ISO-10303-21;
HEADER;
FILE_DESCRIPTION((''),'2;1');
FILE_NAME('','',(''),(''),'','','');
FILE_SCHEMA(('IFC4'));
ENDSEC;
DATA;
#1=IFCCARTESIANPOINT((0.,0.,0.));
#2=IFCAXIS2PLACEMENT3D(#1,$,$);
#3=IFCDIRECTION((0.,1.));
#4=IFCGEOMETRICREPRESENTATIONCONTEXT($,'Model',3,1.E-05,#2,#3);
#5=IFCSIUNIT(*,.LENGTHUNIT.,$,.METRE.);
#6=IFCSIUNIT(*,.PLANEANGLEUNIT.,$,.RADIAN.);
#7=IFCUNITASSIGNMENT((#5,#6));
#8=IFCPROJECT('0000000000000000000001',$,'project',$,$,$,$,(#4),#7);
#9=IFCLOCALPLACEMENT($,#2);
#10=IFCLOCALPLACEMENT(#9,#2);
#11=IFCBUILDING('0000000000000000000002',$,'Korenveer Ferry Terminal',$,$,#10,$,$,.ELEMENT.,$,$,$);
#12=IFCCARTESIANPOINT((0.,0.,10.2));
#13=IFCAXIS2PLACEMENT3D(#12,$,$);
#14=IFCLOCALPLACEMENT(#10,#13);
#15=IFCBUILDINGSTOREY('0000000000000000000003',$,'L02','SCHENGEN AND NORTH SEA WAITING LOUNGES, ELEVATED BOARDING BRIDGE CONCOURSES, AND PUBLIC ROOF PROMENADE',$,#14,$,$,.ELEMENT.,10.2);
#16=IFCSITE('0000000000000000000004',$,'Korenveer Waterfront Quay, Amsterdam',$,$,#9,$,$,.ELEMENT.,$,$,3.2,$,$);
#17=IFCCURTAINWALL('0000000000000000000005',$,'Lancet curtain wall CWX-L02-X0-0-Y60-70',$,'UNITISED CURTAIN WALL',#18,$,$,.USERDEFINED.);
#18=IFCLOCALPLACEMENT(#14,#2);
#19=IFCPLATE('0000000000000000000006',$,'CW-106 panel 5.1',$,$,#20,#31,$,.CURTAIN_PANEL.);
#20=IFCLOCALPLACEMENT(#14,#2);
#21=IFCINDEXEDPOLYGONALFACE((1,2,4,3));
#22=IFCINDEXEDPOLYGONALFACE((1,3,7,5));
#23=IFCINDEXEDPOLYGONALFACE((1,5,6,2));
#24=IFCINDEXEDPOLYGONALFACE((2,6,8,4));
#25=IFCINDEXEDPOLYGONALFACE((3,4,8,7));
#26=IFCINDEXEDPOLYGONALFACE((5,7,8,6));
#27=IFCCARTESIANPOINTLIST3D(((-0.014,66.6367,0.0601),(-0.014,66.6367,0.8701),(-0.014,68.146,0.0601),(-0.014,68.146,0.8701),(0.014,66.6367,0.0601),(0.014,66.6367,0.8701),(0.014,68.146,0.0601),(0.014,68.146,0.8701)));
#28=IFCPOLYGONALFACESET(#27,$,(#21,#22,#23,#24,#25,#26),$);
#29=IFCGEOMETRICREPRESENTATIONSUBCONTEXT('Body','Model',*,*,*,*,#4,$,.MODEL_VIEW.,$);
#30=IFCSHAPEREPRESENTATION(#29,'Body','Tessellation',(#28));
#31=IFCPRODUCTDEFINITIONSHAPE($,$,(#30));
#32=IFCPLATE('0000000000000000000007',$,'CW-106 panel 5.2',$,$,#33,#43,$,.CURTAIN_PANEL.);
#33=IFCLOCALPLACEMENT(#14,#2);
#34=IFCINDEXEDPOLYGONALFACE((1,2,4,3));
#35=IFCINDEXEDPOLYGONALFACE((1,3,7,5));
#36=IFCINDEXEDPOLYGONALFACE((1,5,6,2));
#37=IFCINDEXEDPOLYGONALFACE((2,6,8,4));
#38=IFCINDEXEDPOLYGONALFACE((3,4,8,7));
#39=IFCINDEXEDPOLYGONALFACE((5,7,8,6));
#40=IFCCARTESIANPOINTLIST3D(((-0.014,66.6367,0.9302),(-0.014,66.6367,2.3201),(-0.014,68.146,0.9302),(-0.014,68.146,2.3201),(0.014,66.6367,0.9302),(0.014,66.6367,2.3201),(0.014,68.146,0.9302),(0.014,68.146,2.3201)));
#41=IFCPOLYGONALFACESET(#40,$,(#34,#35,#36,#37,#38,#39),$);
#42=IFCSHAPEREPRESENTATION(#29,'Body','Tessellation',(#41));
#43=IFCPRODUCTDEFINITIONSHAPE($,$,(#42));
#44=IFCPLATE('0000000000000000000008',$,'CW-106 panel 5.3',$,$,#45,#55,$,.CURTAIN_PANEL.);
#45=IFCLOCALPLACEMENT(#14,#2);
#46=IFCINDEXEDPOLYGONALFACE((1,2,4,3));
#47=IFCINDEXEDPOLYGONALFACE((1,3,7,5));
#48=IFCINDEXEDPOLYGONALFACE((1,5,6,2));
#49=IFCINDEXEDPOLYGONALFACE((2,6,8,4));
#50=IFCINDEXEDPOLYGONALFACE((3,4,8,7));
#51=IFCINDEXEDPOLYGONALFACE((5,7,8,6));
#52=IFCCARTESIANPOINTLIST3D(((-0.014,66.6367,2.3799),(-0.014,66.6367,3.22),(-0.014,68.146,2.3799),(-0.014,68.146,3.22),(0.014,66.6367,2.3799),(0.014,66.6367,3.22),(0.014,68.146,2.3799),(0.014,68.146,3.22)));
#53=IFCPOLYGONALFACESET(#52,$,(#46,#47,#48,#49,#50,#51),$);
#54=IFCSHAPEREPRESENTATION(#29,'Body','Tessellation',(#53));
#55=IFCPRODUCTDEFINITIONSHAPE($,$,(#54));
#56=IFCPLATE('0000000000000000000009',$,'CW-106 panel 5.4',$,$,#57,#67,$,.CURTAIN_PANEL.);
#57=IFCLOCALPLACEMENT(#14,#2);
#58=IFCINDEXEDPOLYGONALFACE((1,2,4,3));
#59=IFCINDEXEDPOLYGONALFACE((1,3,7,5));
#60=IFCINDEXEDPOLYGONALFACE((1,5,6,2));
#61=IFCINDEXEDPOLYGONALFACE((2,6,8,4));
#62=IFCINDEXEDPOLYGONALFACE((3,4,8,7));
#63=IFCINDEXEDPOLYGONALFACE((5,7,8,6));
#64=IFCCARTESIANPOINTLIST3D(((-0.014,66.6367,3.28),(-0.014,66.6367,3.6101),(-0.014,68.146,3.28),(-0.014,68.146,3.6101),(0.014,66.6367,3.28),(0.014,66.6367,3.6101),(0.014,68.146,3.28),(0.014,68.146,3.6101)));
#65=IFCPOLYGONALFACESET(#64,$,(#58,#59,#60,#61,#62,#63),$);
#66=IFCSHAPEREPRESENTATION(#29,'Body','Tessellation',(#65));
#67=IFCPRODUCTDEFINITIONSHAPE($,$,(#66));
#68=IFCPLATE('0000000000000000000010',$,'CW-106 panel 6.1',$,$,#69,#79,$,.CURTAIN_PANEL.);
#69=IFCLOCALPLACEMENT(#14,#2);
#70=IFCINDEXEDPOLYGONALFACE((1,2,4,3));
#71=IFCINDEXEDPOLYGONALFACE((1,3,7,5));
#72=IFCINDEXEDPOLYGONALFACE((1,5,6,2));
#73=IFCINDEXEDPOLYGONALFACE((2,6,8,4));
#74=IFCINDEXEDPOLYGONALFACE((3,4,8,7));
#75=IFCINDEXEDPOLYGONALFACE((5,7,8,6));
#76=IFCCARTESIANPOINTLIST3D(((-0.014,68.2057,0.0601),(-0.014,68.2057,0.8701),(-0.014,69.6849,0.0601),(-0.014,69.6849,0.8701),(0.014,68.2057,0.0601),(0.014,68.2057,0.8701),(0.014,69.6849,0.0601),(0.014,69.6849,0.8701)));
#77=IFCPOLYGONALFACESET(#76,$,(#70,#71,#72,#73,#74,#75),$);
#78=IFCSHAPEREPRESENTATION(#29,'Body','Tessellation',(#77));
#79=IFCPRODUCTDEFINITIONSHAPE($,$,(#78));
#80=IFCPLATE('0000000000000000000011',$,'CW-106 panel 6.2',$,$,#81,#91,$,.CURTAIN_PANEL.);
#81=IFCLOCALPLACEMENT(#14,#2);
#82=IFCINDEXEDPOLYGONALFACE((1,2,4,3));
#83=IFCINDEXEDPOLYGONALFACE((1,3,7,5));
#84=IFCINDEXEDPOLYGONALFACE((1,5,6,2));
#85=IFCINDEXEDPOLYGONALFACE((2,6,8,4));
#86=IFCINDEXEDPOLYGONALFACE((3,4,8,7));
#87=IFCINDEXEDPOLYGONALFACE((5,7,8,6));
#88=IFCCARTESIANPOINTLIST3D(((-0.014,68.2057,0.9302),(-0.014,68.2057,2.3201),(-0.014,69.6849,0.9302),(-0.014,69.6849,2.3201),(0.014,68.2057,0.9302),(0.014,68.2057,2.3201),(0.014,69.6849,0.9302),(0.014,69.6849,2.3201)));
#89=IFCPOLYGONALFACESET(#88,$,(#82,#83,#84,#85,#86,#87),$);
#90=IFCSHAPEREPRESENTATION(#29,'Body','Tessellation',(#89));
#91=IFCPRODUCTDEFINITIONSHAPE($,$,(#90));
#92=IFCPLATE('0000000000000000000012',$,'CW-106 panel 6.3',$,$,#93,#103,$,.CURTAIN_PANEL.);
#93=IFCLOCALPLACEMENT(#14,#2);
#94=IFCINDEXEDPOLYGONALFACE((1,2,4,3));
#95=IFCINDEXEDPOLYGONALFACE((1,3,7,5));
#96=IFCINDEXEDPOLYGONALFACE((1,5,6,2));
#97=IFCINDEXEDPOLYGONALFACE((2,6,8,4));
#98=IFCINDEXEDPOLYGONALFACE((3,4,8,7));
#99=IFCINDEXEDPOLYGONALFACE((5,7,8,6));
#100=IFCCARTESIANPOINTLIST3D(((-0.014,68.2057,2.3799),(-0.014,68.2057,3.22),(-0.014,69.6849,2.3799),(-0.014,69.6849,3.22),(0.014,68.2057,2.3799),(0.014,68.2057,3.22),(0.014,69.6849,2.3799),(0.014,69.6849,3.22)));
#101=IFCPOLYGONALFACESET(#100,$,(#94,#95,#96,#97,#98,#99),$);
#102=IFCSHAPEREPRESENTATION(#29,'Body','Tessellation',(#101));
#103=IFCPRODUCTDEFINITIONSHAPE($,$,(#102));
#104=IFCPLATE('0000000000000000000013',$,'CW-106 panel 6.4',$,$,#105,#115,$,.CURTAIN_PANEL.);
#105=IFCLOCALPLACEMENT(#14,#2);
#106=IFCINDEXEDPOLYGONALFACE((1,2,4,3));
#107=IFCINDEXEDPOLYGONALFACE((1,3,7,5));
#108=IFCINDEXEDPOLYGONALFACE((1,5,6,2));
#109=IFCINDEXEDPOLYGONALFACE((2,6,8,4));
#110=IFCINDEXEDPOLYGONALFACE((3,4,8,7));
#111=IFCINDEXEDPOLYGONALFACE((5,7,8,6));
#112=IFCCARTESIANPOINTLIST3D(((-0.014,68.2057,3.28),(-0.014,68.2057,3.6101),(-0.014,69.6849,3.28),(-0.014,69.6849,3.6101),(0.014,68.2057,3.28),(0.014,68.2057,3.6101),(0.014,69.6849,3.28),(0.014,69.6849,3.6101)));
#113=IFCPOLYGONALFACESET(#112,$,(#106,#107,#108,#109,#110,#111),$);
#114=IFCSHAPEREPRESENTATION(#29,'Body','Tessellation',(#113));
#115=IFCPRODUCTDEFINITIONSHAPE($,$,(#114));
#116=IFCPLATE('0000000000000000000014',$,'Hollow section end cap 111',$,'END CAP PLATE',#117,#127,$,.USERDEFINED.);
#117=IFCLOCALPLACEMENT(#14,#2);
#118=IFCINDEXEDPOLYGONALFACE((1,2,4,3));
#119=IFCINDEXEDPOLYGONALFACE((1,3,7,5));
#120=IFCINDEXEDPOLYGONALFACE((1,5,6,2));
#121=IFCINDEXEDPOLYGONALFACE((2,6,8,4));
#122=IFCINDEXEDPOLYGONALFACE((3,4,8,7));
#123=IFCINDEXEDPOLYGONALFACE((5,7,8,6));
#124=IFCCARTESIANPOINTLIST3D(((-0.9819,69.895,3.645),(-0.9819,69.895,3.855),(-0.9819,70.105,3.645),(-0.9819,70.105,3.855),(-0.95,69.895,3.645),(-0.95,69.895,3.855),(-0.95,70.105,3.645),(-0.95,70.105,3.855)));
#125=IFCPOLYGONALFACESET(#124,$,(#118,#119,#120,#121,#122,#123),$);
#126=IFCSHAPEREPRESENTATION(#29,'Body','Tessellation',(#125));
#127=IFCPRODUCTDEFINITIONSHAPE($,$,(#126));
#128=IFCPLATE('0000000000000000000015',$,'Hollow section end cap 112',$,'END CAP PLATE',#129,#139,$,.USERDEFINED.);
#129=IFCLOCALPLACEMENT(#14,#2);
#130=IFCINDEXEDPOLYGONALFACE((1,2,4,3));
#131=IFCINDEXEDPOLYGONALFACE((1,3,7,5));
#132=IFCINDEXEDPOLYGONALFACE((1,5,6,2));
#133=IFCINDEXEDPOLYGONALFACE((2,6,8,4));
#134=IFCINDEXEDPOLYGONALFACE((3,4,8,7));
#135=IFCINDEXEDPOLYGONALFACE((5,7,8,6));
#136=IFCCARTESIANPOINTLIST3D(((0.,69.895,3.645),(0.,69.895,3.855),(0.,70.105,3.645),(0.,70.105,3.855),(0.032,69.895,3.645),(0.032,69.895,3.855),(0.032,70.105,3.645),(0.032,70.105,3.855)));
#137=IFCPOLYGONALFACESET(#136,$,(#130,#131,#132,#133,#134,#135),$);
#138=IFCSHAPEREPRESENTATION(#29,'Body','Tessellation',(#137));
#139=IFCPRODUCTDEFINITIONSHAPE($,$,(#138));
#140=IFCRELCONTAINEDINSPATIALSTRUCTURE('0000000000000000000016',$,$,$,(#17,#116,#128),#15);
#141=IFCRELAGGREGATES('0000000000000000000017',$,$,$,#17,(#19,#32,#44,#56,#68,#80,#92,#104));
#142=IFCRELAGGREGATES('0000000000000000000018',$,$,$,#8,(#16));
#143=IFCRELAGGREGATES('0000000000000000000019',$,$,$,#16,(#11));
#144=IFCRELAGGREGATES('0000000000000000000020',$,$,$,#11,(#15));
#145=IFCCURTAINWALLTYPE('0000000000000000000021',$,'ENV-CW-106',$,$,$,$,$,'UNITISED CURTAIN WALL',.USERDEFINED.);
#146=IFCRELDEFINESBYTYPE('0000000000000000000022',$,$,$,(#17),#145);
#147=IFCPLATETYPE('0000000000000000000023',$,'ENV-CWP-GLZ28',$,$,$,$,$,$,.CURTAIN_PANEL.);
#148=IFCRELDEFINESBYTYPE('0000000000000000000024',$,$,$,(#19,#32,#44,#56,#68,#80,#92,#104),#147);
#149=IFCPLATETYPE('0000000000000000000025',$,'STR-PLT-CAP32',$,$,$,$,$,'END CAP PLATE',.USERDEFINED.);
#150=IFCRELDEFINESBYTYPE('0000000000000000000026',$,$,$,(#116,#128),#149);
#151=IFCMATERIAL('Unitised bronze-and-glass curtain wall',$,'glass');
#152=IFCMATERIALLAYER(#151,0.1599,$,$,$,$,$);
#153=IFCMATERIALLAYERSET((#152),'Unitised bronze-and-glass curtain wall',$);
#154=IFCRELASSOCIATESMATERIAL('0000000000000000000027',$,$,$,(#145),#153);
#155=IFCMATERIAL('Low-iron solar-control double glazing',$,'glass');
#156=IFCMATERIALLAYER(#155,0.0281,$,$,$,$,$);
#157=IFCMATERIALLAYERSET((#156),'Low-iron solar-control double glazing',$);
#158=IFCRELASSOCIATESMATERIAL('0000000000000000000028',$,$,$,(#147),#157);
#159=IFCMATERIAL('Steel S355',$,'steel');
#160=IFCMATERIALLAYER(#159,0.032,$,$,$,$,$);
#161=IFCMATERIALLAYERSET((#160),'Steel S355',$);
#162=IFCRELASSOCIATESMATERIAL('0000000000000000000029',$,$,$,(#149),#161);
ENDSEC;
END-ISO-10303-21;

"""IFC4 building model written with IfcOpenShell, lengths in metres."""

from ifc_helpers import new_model, si_unit, direction, frame, origin, origin_2d, place, context, subcontext, project, spatial, rectangle, extrude, material, layer, layer_set, type_object, element, aggregate, save


model = new_model("IFC4")

# Units and contexts
model_context = context("Model", 3, precision=1e-05, world=origin(), true_north=direction((0.0, 1.0)))
body_context = subcontext(model_context, "Body", "Model", "MODEL_VIEW")
ifc_project = project(units=[si_unit("LENGTHUNIT", "METRE"), si_unit("PLANEANGLEUNIT", "RADIAN")], contexts=[model_context])

# Site, building, storey
site_placement = place(None, origin())
site = spatial("IfcSite", under=ifc_project, at=site_placement, Name="Korenveer Waterfront Quay, Amsterdam", CompositionType="ELEMENT", RefElevation=3.2)
building_placement = place(site_placement, origin())
building = spatial("IfcBuilding", under=site, at=building_placement, Name="Korenveer Ferry Terminal", CompositionType="ELEMENT")
storey_placement = place(building_placement, frame((0.0, 0.0, 10.2)))
storey = spatial("IfcBuildingStorey", under=building, at=storey_placement, Name="L02", Description="SCHENGEN AND NORTH SEA WAITING LOUNGES, ELEVATED BOARDING BRIDGE CONCOURSES, AND PUBLIC ROOF PROMENADE", CompositionType="ELEMENT", Elevation=10.2)

# Shared definitions
ifc_material_1 = material(Name="Steel S355", Category="steel")

# Curtain wall
ifc_material_2 = material(Name="Unitised bronze-and-glass curtain wall", Category="glass")
ifc_layer_1 = layer(ifc_material_2, 0.1599)
ifc_layer_set_1 = layer_set([ifc_layer_1], Name="Unitised bronze-and-glass curtain wall")
curtain_wall_type = type_object("IfcCurtainWallType", Name="ENV-CW-106", ElementType="UNITISED CURTAIN WALL", PredefinedType="USERDEFINED", material=ifc_layer_set_1)
curtain_wall_placement = place(storey_placement, frame((0.0, 60.3301, 0.0)))
curtain_wall = element("IfcCurtainWall", 1, at=curtain_wall_placement, inside=storey, type_object=curtain_wall_type, Name="Lancet curtain wall CWX-L02-X0-0-Y60-70", ObjectType="UNITISED CURTAIN WALL", PredefinedType="USERDEFINED")

# Plates
ifc_material_3 = material(Name="Low-iron solar-control double glazing", Category="glass")
ifc_layer_2 = layer(ifc_material_3, 0.0281)
ifc_layer_set_2 = layer_set([ifc_layer_2], Name="Low-iron solar-control double glazing")
plate_type_1 = type_object("IfcPlateType", Name="ENV-CWP-GLZ28", PredefinedType="CURTAIN_PANEL", material=ifc_layer_set_2)
plate_1_placement = place(storey_placement, frame((0.0, 67.3914, 0.0601), z_axis=(0.0, 0.0, 1.0), x_axis=(0.0, 1.0, 0.0)))
plate_1 = element("IfcPlate", 2, at=plate_1_placement, type_object=plate_type_1, Name="CW-106 panel 5.1", PredefinedType="CURTAIN_PANEL", context=body_context, shape_type="SweptSolid", body=[
    extrude(rectangle(XDim=1.5093, YDim=0.0281, at=origin_2d()), origin(), (0.0, 0.0, 1.0), 0.8101),
])
plate_2_placement = place(storey_placement, frame((0.0, 67.3914, 0.9302), z_axis=(0.0, 0.0, 1.0), x_axis=(0.0, 1.0, 0.0)))
plate_2 = element("IfcPlate", 3, at=plate_2_placement, type_object=plate_type_1, Name="CW-106 panel 5.2", PredefinedType="CURTAIN_PANEL", context=body_context, shape_type="SweptSolid", body=[
    extrude(rectangle(XDim=1.5093, YDim=0.0281, at=origin_2d()), origin(), (0.0, 0.0, 1.0), 1.3899),
])
plate_3_placement = place(storey_placement, frame((0.0, 67.3914, 2.3799), z_axis=(0.0, 0.0, 1.0), x_axis=(0.0, 1.0, 0.0)))
plate_3 = element("IfcPlate", 4, at=plate_3_placement, type_object=plate_type_1, Name="CW-106 panel 5.3", PredefinedType="CURTAIN_PANEL", context=body_context, shape_type="SweptSolid", body=[
    extrude(rectangle(XDim=1.5093, YDim=0.0281, at=origin_2d()), origin(), (0.0, 0.0, 1.0), 0.8401),
])
plate_4_placement = place(storey_placement, frame((0.0, 67.3914, 3.28), z_axis=(0.0, 0.0, 1.0), x_axis=(0.0, 1.0, 0.0)))
plate_4 = element("IfcPlate", 5, at=plate_4_placement, type_object=plate_type_1, Name="CW-106 panel 5.4", PredefinedType="CURTAIN_PANEL", context=body_context, shape_type="SweptSolid", body=[
    extrude(rectangle(XDim=1.5093, YDim=0.0281, at=origin_2d()), origin(), (0.0, 0.0, 1.0), 0.3301),
])
plate_5_placement = place(storey_placement, frame((0.0, 68.9453, 0.0601), z_axis=(0.0, 0.0, 1.0), x_axis=(0.0, 1.0, 0.0)))
plate_5 = element("IfcPlate", 6, at=plate_5_placement, type_object=plate_type_1, Name="CW-106 panel 6.1", PredefinedType="CURTAIN_PANEL", context=body_context, shape_type="SweptSolid", body=[
    extrude(rectangle(XDim=1.4792, YDim=0.0281, at=origin_2d()), origin(), (0.0, 0.0, 1.0), 0.8101),
])
plate_6_placement = place(storey_placement, frame((0.0, 68.9453, 0.9302), z_axis=(0.0, 0.0, 1.0), x_axis=(0.0, 1.0, 0.0)))
plate_6 = element("IfcPlate", 7, at=plate_6_placement, type_object=plate_type_1, Name="CW-106 panel 6.2", PredefinedType="CURTAIN_PANEL", context=body_context, shape_type="SweptSolid", body=[
    extrude(rectangle(XDim=1.4792, YDim=0.0281, at=origin_2d()), origin(), (0.0, 0.0, 1.0), 1.3899),
])
plate_7_placement = place(storey_placement, frame((0.0, 68.9453, 2.3799), z_axis=(0.0, 0.0, 1.0), x_axis=(0.0, 1.0, 0.0)))
plate_7 = element("IfcPlate", 8, at=plate_7_placement, type_object=plate_type_1, Name="CW-106 panel 6.3", PredefinedType="CURTAIN_PANEL", context=body_context, shape_type="SweptSolid", body=[
    extrude(rectangle(XDim=1.4792, YDim=0.0281, at=origin_2d()), origin(), (0.0, 0.0, 1.0), 0.8401),
])
plate_8_placement = place(storey_placement, frame((0.0, 68.9453, 3.28), z_axis=(0.0, 0.0, 1.0), x_axis=(0.0, 1.0, 0.0)))
plate_8 = element("IfcPlate", 9, at=plate_8_placement, type_object=plate_type_1, Name="CW-106 panel 6.4", PredefinedType="CURTAIN_PANEL", context=body_context, shape_type="SweptSolid", body=[
    extrude(rectangle(XDim=1.4792, YDim=0.0281, at=origin_2d()), origin(), (0.0, 0.0, 1.0), 0.3301),
])
aggregate(curtain_wall, [plate_1, plate_2, plate_3, plate_4, plate_5, plate_6, plate_7, plate_8])

# Plates
ifc_layer_3 = layer(ifc_material_1, 0.032)
ifc_layer_set_3 = layer_set([ifc_layer_3], Name="Steel S355")
plate_type_2 = type_object("IfcPlateType", Name="STR-PLT-CAP32", ElementType="END CAP PLATE", PredefinedType="USERDEFINED", material=ifc_layer_set_3)
for number, where, z_axis, x_axis, name in (
    (10, (-0.9819, 70.0, 3.75), (1.0, 0.0, 0.0), (0.0, 1.0, 0.0), "Hollow section end cap 111"),
    (11, (0.0, 70.0, 3.75), (1.0, 0.0, 0.0), (0.0, 1.0, 0.0), "Hollow section end cap 112"),
):
    element("IfcPlate", number, at=place(storey_placement, frame(where, z_axis=z_axis, x_axis=x_axis)), inside=storey, type_object=plate_type_2, Name=name, ObjectType="END CAP PLATE", PredefinedType="USERDEFINED", context=body_context, shape_type="SweptSolid", body=[
        extrude(rectangle(XDim=0.21, YDim=0.21, at=origin_2d()), origin(), (0.0, 0.0, 1.0), 0.032),
    ])

save(model, "model.ifc")
